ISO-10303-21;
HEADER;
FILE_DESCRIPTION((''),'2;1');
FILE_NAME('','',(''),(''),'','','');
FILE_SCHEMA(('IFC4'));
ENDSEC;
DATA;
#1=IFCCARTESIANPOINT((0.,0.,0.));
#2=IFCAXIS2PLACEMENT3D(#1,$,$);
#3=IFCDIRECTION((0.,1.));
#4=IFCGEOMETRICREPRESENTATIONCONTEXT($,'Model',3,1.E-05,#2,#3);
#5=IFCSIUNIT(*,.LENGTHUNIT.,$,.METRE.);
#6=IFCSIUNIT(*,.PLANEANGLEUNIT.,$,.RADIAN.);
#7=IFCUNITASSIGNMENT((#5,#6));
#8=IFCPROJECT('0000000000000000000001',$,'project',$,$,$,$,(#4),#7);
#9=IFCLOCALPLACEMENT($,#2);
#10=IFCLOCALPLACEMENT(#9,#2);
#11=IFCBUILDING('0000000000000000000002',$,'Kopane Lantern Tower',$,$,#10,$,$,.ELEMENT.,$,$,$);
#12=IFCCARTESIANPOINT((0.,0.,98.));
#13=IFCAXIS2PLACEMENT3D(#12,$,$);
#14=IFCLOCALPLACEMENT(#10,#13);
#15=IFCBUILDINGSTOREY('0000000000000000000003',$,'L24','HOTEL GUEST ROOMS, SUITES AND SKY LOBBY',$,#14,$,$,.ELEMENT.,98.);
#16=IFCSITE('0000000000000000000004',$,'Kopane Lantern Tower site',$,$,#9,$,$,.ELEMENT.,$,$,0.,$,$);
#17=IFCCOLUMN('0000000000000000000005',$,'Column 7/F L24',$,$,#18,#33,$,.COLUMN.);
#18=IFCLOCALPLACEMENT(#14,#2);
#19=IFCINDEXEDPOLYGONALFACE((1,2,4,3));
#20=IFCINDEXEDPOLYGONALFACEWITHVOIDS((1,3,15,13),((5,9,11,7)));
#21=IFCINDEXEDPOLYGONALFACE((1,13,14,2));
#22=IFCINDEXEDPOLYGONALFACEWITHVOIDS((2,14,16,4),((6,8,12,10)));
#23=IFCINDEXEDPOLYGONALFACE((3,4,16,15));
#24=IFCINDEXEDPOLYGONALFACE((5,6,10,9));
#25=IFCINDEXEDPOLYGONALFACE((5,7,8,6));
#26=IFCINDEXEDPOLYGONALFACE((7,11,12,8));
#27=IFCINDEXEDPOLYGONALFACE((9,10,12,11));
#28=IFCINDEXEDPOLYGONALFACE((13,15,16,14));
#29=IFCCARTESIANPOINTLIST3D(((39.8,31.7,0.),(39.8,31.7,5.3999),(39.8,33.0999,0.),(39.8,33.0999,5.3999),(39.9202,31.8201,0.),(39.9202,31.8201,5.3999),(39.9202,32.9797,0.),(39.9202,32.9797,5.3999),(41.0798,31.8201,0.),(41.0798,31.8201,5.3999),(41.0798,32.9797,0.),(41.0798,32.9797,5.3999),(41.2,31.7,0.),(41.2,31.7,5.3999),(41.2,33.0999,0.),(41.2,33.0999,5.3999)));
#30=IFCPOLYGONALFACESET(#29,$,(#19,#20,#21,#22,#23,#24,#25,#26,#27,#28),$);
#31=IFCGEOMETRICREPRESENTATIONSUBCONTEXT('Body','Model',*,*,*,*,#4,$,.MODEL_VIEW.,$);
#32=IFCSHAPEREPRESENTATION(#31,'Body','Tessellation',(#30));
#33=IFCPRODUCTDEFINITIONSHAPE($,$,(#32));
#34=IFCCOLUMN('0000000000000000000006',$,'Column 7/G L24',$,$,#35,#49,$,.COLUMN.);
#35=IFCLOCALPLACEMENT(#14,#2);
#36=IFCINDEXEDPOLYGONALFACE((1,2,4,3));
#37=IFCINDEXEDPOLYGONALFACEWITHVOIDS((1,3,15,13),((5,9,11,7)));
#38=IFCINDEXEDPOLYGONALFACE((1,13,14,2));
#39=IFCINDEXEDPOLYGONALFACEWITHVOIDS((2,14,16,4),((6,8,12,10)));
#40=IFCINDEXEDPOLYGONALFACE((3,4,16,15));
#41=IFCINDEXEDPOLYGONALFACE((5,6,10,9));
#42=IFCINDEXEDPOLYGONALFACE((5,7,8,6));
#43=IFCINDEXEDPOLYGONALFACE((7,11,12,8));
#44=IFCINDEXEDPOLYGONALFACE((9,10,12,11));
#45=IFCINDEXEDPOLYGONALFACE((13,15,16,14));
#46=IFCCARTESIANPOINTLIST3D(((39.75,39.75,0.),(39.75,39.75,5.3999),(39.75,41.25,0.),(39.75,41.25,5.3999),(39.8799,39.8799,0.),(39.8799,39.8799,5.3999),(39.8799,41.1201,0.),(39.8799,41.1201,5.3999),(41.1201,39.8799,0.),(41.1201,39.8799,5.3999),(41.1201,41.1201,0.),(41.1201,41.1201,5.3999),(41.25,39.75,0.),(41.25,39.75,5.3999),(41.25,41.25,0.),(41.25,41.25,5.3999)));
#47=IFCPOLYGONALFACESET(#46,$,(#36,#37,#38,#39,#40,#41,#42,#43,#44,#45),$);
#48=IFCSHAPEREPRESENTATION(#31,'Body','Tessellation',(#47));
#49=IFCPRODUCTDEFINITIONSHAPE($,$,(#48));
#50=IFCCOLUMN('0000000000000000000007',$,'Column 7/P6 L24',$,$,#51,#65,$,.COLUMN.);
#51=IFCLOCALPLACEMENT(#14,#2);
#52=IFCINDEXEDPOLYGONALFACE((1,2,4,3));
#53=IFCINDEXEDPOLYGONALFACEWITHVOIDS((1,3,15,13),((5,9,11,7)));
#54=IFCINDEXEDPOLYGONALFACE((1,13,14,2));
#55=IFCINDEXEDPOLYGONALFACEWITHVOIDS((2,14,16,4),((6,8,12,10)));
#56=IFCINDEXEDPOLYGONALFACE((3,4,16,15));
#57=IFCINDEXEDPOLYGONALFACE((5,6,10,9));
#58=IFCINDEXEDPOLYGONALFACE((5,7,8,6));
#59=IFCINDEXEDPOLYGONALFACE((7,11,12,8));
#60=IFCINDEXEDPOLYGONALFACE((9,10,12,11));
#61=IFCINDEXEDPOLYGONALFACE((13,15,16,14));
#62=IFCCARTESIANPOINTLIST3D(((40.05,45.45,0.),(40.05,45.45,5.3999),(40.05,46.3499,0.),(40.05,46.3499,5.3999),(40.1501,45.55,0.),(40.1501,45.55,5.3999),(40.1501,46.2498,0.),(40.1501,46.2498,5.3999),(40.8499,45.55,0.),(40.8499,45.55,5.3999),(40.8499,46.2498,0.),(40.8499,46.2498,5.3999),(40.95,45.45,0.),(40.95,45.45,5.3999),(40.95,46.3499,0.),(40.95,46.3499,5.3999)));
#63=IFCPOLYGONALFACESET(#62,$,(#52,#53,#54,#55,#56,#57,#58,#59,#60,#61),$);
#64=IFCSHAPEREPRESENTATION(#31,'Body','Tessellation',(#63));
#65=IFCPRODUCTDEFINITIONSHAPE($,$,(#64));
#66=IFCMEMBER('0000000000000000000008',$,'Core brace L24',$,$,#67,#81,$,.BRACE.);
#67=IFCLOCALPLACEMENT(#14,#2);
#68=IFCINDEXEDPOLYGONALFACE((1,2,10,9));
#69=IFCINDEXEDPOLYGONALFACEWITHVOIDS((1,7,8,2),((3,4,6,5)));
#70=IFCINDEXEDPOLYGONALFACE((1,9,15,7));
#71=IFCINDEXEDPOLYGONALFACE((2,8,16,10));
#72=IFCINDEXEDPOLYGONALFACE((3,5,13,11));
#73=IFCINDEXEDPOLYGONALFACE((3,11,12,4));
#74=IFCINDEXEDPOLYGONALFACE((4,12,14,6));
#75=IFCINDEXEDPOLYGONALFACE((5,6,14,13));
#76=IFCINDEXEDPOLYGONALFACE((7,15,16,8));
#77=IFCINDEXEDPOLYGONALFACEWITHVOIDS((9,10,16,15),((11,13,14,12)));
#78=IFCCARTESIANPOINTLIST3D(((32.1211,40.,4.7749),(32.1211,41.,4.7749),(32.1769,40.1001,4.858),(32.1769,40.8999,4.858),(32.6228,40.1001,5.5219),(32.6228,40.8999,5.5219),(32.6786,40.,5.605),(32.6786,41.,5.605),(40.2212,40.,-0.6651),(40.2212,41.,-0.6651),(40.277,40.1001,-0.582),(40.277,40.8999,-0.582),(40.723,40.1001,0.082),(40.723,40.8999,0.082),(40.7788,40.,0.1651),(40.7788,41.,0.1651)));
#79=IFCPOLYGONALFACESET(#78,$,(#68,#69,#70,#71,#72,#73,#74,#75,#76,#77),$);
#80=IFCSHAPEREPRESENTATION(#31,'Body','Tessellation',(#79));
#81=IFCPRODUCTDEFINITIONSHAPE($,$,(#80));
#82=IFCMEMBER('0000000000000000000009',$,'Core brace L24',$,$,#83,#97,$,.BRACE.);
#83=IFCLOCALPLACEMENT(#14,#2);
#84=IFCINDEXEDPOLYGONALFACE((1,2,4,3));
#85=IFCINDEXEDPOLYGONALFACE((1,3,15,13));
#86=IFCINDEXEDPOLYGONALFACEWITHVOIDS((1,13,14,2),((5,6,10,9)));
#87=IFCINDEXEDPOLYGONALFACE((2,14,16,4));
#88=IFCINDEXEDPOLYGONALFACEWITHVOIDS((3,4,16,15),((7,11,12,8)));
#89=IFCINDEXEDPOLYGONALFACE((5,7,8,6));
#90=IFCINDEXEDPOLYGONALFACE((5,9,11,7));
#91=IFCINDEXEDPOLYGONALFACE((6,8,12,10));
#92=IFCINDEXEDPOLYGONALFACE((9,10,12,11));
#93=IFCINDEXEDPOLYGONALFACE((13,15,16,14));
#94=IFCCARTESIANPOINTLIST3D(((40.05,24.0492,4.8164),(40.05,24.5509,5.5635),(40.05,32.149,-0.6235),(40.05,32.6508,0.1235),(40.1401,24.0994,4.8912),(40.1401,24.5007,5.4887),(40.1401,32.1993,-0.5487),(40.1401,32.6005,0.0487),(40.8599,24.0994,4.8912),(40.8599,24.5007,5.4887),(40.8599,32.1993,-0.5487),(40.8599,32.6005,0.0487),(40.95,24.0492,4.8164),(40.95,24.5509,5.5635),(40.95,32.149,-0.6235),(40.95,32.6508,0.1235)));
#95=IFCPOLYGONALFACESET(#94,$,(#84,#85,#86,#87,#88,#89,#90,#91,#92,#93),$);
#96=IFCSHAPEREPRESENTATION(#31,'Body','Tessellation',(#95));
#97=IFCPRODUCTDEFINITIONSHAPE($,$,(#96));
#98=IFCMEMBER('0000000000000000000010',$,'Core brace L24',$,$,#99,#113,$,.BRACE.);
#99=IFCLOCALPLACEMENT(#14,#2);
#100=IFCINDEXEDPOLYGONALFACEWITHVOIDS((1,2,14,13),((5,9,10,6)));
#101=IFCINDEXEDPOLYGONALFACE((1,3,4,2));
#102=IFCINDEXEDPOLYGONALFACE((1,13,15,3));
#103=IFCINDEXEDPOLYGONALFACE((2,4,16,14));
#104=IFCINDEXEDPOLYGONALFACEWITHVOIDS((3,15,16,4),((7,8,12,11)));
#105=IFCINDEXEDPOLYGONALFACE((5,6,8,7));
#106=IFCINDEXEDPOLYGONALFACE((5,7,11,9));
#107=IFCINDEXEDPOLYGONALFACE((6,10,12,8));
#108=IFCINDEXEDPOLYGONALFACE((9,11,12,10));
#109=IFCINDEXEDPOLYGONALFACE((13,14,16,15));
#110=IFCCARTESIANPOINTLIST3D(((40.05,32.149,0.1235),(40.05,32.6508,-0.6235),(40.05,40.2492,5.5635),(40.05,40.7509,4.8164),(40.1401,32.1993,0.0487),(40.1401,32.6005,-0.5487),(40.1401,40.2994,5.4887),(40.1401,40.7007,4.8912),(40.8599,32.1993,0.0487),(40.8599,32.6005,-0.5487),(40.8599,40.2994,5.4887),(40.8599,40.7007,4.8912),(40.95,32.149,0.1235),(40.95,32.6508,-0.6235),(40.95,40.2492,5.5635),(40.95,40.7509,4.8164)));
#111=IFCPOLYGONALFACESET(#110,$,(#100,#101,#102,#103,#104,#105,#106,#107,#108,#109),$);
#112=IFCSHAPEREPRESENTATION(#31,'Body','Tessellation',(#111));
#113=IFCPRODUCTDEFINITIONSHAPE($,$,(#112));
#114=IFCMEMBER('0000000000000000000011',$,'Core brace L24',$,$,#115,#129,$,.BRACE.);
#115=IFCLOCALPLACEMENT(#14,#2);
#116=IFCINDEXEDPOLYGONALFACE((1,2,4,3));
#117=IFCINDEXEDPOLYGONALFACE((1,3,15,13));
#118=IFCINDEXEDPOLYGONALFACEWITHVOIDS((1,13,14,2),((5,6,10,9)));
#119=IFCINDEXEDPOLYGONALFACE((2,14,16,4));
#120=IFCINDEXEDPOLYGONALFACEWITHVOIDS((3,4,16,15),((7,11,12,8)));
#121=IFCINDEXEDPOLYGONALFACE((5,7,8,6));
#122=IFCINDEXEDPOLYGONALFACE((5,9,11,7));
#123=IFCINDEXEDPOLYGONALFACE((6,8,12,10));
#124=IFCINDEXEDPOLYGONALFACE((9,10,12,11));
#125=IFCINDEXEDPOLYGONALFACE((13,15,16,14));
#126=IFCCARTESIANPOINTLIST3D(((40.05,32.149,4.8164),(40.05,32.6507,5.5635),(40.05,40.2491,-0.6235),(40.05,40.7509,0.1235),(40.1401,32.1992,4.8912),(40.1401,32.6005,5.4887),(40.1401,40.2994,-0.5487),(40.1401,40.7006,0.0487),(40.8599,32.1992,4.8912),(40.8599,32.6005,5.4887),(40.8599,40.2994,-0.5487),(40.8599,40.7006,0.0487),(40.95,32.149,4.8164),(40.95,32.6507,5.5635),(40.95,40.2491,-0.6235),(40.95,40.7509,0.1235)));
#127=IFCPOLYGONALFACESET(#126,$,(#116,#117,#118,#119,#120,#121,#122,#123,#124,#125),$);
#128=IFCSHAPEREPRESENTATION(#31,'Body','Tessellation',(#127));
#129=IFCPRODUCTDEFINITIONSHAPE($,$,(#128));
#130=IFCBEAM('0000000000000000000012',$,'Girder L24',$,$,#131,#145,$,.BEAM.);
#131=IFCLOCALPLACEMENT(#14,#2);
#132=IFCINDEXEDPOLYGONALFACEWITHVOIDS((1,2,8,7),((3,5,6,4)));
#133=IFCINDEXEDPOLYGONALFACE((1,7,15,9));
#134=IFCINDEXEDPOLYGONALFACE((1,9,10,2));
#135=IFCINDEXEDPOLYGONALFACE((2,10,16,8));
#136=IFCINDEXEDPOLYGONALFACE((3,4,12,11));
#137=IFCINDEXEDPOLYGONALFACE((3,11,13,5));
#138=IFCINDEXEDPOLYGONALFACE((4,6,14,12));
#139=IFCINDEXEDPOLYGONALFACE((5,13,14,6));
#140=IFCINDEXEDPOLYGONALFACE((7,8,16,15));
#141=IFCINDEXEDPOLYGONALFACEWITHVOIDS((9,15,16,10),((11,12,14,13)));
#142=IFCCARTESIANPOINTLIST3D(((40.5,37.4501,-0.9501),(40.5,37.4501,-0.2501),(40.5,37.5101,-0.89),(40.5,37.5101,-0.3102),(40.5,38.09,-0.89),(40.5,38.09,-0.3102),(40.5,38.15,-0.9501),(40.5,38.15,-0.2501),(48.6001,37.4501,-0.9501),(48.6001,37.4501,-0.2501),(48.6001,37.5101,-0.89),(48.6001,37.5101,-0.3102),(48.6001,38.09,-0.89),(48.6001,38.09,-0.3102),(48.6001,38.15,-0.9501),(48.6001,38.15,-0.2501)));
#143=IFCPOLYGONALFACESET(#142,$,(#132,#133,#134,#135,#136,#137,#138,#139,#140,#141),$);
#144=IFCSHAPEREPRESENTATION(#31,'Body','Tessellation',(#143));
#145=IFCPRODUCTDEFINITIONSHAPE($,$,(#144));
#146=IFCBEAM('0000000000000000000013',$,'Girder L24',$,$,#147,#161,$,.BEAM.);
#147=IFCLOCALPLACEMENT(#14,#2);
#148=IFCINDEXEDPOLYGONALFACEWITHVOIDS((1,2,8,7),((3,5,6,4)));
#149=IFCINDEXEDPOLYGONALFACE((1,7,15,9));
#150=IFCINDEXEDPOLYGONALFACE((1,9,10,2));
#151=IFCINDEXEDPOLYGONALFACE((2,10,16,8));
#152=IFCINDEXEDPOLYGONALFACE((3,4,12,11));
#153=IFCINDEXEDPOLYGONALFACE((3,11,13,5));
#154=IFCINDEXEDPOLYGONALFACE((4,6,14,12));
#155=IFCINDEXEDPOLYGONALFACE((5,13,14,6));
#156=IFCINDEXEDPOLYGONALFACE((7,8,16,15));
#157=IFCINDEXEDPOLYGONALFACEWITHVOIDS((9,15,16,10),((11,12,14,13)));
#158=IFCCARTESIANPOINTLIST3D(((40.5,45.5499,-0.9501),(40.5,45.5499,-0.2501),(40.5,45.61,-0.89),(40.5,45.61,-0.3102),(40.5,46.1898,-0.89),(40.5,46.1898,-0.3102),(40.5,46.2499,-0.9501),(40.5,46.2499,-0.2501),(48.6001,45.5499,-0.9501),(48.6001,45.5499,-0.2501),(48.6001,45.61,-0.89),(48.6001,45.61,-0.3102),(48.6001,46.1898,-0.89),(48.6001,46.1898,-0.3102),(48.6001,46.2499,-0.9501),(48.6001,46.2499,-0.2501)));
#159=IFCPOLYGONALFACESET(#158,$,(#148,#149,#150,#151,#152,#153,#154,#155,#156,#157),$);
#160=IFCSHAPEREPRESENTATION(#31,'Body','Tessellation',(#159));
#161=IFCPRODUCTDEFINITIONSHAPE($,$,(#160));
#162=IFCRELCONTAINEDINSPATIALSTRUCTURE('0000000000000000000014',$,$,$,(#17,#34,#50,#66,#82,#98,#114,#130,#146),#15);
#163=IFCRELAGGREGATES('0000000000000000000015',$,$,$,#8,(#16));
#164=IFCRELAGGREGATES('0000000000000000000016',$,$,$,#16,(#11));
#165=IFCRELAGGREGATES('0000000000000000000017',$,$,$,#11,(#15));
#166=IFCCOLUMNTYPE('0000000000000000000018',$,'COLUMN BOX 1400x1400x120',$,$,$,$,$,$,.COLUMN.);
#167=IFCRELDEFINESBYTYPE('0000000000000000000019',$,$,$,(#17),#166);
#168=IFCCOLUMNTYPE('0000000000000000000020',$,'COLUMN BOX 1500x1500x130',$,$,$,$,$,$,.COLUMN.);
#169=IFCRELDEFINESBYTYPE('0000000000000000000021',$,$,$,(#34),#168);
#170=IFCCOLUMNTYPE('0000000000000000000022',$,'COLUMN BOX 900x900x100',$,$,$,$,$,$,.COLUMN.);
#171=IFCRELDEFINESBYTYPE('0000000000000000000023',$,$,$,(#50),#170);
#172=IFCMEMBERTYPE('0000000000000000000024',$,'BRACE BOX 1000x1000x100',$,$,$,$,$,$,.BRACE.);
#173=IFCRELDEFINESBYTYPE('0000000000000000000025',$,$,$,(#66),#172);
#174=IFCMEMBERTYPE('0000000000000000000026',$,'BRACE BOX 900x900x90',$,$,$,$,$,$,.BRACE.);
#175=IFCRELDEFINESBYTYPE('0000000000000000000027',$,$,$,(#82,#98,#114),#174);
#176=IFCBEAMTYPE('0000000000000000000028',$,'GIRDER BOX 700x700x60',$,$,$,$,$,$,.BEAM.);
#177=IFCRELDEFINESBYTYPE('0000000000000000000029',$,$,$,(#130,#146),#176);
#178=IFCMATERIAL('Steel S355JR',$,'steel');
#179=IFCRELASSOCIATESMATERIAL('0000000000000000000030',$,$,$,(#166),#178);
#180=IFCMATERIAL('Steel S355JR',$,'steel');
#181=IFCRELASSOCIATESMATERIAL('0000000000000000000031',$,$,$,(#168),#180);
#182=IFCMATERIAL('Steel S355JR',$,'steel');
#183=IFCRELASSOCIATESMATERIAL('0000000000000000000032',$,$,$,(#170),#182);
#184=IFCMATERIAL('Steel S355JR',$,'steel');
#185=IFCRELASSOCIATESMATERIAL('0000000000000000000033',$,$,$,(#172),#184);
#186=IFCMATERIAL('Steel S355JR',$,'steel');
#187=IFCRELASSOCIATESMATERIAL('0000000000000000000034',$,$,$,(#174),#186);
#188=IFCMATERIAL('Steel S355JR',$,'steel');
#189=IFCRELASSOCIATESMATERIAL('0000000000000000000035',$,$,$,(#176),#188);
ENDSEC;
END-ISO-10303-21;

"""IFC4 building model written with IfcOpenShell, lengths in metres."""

from ifc_helpers import new_model, si_unit, direction, frame, origin, origin_2d, place, context, subcontext, project, spatial, hollow_rectangle, extrude, material, material_profile, profile_set, type_object, element, save


model = new_model("IFC4")

# Units and contexts
model_context = context("Model", 3, precision=1e-05, world=origin(), true_north=direction((0.0, 1.0)))
body_context = subcontext(model_context, "Body", "Model", "MODEL_VIEW")
ifc_project = project(units=[si_unit("LENGTHUNIT", "METRE"), si_unit("PLANEANGLEUNIT", "RADIAN")], contexts=[model_context])

# Site, building, storey
site_placement = place(None, origin())
site = spatial("IfcSite", under=ifc_project, at=site_placement, Name="Kopane Lantern Tower site", CompositionType="ELEMENT", RefElevation=0.0)
building_placement = place(site_placement, origin())
building = spatial("IfcBuilding", under=site, at=building_placement, Name="Kopane Lantern Tower", CompositionType="ELEMENT")
storey_placement = place(building_placement, frame((0.0, 0.0, 98.0)))
storey = spatial("IfcBuildingStorey", under=building, at=storey_placement, Name="L24", Description="HOTEL GUEST ROOMS, SUITES AND SKY LOBBY", CompositionType="ELEMENT", Elevation=98.0)

# Columns
ifc_material_1 = material(Name="Steel S355JR", Category="steel")
ifc_material_profile_1 = material_profile(ifc_material_1, hollow_rectangle(XDim=1.3999, YDim=1.3999, WallThickness=0.1201, at=origin_2d()), Name="BOX 1400x1400x120")
ifc_profile_set_1 = profile_set([ifc_material_profile_1], Name="Steel S355JR")
column_type_1 = type_object("IfcColumnType", Name="COLUMN BOX 1400x1400x120", PredefinedType="COLUMN", material=ifc_profile_set_1)
column_1_placement = place(storey_placement, frame((40.5, 32.3999, 0.0), z_axis=(0.0, 0.0, 1.0), x_axis=(1.0, 0.0, 0.0)))
element("IfcColumn", 1, at=column_1_placement, inside=storey, type_object=column_type_1, Name="Column 7/F L24", PredefinedType="COLUMN", context=body_context, shape_type="SweptSolid", body=[
    extrude(hollow_rectangle(XDim=1.3999, YDim=1.3999, WallThickness=0.1201, at=origin_2d()), origin(), (0.0, 0.0, 1.0), 5.3999),
])
ifc_material_2 = material(Name="Steel S355JR", Category="steel")
ifc_material_profile_2 = material_profile(ifc_material_2, hollow_rectangle(XDim=1.5, YDim=1.5, WallThickness=0.1299, at=origin_2d()), Name="BOX 1500x1500x130")
ifc_profile_set_2 = profile_set([ifc_material_profile_2], Name="Steel S355JR")
column_type_2 = type_object("IfcColumnType", Name="COLUMN BOX 1500x1500x130", PredefinedType="COLUMN", material=ifc_profile_set_2)
column_2_placement = place(storey_placement, frame((40.5, 40.5, 0.0), z_axis=(0.0, 0.0, 1.0), x_axis=(1.0, 0.0, 0.0)))
element("IfcColumn", 2, at=column_2_placement, inside=storey, type_object=column_type_2, Name="Column 7/G L24", PredefinedType="COLUMN", context=body_context, shape_type="SweptSolid", body=[
    extrude(hollow_rectangle(XDim=1.5, YDim=1.5, WallThickness=0.1299, at=origin_2d()), origin(), (0.0, 0.0, 1.0), 5.3999),
])
ifc_material_3 = material(Name="Steel S355JR", Category="steel")
ifc_material_profile_3 = material_profile(ifc_material_3, hollow_rectangle(XDim=0.8999, YDim=0.8999, WallThickness=0.1001, at=origin_2d()), Name="BOX 900x900x100")
ifc_profile_set_3 = profile_set([ifc_material_profile_3], Name="Steel S355JR")
column_type_3 = type_object("IfcColumnType", Name="COLUMN BOX 900x900x100", PredefinedType="COLUMN", material=ifc_profile_set_3)
column_3_placement = place(storey_placement, frame((40.5, 45.8999, 0.0), z_axis=(0.0, 0.0, 1.0), x_axis=(1.0, 0.0, 0.0)))
element("IfcColumn", 3, at=column_3_placement, inside=storey, type_object=column_type_3, Name="Column 7/P6 L24", PredefinedType="COLUMN", context=body_context, shape_type="SweptSolid", body=[
    extrude(hollow_rectangle(XDim=0.8999, YDim=0.8999, WallThickness=0.1001, at=origin_2d()), origin(), (0.0, 0.0, 1.0), 5.3999),
])

# Members
ifc_material_4 = material(Name="Steel S355JR", Category="steel")
ifc_material_profile_4 = material_profile(ifc_material_4, hollow_rectangle(XDim=1.0, YDim=1.0, WallThickness=0.1001, at=origin_2d()), Name="BOX 1000x1000x100")
ifc_profile_set_4 = profile_set([ifc_material_profile_4], Name="Steel S355JR")
member_type_1 = type_object("IfcMemberType", Name="BRACE BOX 1000x1000x100", PredefinedType="BRACE", material=ifc_profile_set_4)
member_1_placement = place(storey_placement, frame((40.5, 40.5, -0.25), z_axis=(-0.830159, 0.0, 0.557526), x_axis=(0.0, -1.0, 0.0)))
element("IfcMember", 4, at=member_1_placement, inside=storey, type_object=member_type_1, Name="Core brace L24", PredefinedType="BRACE", context=body_context, shape_type="SweptSolid", body=[
    extrude(hollow_rectangle(XDim=1.0, YDim=1.0, WallThickness=0.1001, at=origin_2d()), origin(), (0.0, 0.0, 1.0), 9.7573),
])
ifc_material_5 = material(Name="Steel S355JR", Category="steel")
ifc_material_profile_5 = material_profile(ifc_material_5, hollow_rectangle(XDim=0.8999, YDim=0.8999, WallThickness=0.0901, at=origin_2d()), Name="BOX 900x900x90")
ifc_profile_set_5 = profile_set([ifc_material_profile_5], Name="Steel S355JR")
member_type_2 = type_object("IfcMemberType", Name="BRACE BOX 900x900x90", PredefinedType="BRACE", material=ifc_profile_set_5)
member_2_placement = place(storey_placement, frame((40.5, 32.3999, -0.25), z_axis=(0.0, -0.830151, 0.557538), x_axis=(1.0, 0.0, 0.0)))
element("IfcMember", 5, at=member_2_placement, inside=storey, type_object=member_type_2, Name="Core brace L24", PredefinedType="BRACE", context=body_context, shape_type="SweptSolid", body=[
    extrude(hollow_rectangle(XDim=0.8999, YDim=0.8999, WallThickness=0.0901, at=origin_2d()), origin(), (0.0, 0.0, 1.0), 9.7571),
])
for number, where, z_axis, x_axis, name in (
    (6, (40.5, 32.3999, -0.25), (0.0, 0.830159, 0.557526), (-1.0, 0.0, 0.0), "Core brace L24"),
    (7, (40.5, 40.5, -0.25), (0.0, -0.830159, 0.557526), (1.0, 0.0, 0.0), "Core brace L24"),
):
    element("IfcMember", number, at=place(storey_placement, frame(where, z_axis=z_axis, x_axis=x_axis)), inside=storey, type_object=member_type_2, Name=name, PredefinedType="BRACE", context=body_context, shape_type="SweptSolid", body=[
        extrude(hollow_rectangle(XDim=0.8999, YDim=0.8999, WallThickness=0.0901, at=origin_2d()), origin(), (0.0, 0.0, 1.0), 9.7573),
    ])

# Beams
ifc_material_6 = material(Name="Steel S355JR", Category="steel")
ifc_material_profile_6 = material_profile(ifc_material_6, hollow_rectangle(XDim=0.7, YDim=0.7, WallThickness=0.0601, at=origin_2d()), Name="BOX 700x700x60")
ifc_profile_set_6 = profile_set([ifc_material_profile_6], Name="Steel S355JR")
beam_type_1 = type_object("IfcBeamType", Name="GIRDER BOX 700x700x60", PredefinedType="BEAM", material=ifc_profile_set_6)
for number, where, z_axis, x_axis, name in (
    (8, (40.5, 37.8, -0.6001), (1.0, 0.0, 0.0), (0.0, 1.0, 0.0), "Girder L24"),
    (9, (40.5, 45.8999, -0.6001), (1.0, 0.0, 0.0), (0.0, 1.0, 0.0), "Girder L24"),
):
    element("IfcBeam", number, at=place(storey_placement, frame(where, z_axis=z_axis, x_axis=x_axis)), inside=storey, type_object=beam_type_1, Name=name, PredefinedType="BEAM", context=body_context, shape_type="SweptSolid", body=[
        extrude(hollow_rectangle(XDim=0.7, YDim=0.7, WallThickness=0.0601, at=origin_2d()), origin(), (0.0, 0.0, 1.0), 8.1001),
    ])

save(model, "model.ifc")
